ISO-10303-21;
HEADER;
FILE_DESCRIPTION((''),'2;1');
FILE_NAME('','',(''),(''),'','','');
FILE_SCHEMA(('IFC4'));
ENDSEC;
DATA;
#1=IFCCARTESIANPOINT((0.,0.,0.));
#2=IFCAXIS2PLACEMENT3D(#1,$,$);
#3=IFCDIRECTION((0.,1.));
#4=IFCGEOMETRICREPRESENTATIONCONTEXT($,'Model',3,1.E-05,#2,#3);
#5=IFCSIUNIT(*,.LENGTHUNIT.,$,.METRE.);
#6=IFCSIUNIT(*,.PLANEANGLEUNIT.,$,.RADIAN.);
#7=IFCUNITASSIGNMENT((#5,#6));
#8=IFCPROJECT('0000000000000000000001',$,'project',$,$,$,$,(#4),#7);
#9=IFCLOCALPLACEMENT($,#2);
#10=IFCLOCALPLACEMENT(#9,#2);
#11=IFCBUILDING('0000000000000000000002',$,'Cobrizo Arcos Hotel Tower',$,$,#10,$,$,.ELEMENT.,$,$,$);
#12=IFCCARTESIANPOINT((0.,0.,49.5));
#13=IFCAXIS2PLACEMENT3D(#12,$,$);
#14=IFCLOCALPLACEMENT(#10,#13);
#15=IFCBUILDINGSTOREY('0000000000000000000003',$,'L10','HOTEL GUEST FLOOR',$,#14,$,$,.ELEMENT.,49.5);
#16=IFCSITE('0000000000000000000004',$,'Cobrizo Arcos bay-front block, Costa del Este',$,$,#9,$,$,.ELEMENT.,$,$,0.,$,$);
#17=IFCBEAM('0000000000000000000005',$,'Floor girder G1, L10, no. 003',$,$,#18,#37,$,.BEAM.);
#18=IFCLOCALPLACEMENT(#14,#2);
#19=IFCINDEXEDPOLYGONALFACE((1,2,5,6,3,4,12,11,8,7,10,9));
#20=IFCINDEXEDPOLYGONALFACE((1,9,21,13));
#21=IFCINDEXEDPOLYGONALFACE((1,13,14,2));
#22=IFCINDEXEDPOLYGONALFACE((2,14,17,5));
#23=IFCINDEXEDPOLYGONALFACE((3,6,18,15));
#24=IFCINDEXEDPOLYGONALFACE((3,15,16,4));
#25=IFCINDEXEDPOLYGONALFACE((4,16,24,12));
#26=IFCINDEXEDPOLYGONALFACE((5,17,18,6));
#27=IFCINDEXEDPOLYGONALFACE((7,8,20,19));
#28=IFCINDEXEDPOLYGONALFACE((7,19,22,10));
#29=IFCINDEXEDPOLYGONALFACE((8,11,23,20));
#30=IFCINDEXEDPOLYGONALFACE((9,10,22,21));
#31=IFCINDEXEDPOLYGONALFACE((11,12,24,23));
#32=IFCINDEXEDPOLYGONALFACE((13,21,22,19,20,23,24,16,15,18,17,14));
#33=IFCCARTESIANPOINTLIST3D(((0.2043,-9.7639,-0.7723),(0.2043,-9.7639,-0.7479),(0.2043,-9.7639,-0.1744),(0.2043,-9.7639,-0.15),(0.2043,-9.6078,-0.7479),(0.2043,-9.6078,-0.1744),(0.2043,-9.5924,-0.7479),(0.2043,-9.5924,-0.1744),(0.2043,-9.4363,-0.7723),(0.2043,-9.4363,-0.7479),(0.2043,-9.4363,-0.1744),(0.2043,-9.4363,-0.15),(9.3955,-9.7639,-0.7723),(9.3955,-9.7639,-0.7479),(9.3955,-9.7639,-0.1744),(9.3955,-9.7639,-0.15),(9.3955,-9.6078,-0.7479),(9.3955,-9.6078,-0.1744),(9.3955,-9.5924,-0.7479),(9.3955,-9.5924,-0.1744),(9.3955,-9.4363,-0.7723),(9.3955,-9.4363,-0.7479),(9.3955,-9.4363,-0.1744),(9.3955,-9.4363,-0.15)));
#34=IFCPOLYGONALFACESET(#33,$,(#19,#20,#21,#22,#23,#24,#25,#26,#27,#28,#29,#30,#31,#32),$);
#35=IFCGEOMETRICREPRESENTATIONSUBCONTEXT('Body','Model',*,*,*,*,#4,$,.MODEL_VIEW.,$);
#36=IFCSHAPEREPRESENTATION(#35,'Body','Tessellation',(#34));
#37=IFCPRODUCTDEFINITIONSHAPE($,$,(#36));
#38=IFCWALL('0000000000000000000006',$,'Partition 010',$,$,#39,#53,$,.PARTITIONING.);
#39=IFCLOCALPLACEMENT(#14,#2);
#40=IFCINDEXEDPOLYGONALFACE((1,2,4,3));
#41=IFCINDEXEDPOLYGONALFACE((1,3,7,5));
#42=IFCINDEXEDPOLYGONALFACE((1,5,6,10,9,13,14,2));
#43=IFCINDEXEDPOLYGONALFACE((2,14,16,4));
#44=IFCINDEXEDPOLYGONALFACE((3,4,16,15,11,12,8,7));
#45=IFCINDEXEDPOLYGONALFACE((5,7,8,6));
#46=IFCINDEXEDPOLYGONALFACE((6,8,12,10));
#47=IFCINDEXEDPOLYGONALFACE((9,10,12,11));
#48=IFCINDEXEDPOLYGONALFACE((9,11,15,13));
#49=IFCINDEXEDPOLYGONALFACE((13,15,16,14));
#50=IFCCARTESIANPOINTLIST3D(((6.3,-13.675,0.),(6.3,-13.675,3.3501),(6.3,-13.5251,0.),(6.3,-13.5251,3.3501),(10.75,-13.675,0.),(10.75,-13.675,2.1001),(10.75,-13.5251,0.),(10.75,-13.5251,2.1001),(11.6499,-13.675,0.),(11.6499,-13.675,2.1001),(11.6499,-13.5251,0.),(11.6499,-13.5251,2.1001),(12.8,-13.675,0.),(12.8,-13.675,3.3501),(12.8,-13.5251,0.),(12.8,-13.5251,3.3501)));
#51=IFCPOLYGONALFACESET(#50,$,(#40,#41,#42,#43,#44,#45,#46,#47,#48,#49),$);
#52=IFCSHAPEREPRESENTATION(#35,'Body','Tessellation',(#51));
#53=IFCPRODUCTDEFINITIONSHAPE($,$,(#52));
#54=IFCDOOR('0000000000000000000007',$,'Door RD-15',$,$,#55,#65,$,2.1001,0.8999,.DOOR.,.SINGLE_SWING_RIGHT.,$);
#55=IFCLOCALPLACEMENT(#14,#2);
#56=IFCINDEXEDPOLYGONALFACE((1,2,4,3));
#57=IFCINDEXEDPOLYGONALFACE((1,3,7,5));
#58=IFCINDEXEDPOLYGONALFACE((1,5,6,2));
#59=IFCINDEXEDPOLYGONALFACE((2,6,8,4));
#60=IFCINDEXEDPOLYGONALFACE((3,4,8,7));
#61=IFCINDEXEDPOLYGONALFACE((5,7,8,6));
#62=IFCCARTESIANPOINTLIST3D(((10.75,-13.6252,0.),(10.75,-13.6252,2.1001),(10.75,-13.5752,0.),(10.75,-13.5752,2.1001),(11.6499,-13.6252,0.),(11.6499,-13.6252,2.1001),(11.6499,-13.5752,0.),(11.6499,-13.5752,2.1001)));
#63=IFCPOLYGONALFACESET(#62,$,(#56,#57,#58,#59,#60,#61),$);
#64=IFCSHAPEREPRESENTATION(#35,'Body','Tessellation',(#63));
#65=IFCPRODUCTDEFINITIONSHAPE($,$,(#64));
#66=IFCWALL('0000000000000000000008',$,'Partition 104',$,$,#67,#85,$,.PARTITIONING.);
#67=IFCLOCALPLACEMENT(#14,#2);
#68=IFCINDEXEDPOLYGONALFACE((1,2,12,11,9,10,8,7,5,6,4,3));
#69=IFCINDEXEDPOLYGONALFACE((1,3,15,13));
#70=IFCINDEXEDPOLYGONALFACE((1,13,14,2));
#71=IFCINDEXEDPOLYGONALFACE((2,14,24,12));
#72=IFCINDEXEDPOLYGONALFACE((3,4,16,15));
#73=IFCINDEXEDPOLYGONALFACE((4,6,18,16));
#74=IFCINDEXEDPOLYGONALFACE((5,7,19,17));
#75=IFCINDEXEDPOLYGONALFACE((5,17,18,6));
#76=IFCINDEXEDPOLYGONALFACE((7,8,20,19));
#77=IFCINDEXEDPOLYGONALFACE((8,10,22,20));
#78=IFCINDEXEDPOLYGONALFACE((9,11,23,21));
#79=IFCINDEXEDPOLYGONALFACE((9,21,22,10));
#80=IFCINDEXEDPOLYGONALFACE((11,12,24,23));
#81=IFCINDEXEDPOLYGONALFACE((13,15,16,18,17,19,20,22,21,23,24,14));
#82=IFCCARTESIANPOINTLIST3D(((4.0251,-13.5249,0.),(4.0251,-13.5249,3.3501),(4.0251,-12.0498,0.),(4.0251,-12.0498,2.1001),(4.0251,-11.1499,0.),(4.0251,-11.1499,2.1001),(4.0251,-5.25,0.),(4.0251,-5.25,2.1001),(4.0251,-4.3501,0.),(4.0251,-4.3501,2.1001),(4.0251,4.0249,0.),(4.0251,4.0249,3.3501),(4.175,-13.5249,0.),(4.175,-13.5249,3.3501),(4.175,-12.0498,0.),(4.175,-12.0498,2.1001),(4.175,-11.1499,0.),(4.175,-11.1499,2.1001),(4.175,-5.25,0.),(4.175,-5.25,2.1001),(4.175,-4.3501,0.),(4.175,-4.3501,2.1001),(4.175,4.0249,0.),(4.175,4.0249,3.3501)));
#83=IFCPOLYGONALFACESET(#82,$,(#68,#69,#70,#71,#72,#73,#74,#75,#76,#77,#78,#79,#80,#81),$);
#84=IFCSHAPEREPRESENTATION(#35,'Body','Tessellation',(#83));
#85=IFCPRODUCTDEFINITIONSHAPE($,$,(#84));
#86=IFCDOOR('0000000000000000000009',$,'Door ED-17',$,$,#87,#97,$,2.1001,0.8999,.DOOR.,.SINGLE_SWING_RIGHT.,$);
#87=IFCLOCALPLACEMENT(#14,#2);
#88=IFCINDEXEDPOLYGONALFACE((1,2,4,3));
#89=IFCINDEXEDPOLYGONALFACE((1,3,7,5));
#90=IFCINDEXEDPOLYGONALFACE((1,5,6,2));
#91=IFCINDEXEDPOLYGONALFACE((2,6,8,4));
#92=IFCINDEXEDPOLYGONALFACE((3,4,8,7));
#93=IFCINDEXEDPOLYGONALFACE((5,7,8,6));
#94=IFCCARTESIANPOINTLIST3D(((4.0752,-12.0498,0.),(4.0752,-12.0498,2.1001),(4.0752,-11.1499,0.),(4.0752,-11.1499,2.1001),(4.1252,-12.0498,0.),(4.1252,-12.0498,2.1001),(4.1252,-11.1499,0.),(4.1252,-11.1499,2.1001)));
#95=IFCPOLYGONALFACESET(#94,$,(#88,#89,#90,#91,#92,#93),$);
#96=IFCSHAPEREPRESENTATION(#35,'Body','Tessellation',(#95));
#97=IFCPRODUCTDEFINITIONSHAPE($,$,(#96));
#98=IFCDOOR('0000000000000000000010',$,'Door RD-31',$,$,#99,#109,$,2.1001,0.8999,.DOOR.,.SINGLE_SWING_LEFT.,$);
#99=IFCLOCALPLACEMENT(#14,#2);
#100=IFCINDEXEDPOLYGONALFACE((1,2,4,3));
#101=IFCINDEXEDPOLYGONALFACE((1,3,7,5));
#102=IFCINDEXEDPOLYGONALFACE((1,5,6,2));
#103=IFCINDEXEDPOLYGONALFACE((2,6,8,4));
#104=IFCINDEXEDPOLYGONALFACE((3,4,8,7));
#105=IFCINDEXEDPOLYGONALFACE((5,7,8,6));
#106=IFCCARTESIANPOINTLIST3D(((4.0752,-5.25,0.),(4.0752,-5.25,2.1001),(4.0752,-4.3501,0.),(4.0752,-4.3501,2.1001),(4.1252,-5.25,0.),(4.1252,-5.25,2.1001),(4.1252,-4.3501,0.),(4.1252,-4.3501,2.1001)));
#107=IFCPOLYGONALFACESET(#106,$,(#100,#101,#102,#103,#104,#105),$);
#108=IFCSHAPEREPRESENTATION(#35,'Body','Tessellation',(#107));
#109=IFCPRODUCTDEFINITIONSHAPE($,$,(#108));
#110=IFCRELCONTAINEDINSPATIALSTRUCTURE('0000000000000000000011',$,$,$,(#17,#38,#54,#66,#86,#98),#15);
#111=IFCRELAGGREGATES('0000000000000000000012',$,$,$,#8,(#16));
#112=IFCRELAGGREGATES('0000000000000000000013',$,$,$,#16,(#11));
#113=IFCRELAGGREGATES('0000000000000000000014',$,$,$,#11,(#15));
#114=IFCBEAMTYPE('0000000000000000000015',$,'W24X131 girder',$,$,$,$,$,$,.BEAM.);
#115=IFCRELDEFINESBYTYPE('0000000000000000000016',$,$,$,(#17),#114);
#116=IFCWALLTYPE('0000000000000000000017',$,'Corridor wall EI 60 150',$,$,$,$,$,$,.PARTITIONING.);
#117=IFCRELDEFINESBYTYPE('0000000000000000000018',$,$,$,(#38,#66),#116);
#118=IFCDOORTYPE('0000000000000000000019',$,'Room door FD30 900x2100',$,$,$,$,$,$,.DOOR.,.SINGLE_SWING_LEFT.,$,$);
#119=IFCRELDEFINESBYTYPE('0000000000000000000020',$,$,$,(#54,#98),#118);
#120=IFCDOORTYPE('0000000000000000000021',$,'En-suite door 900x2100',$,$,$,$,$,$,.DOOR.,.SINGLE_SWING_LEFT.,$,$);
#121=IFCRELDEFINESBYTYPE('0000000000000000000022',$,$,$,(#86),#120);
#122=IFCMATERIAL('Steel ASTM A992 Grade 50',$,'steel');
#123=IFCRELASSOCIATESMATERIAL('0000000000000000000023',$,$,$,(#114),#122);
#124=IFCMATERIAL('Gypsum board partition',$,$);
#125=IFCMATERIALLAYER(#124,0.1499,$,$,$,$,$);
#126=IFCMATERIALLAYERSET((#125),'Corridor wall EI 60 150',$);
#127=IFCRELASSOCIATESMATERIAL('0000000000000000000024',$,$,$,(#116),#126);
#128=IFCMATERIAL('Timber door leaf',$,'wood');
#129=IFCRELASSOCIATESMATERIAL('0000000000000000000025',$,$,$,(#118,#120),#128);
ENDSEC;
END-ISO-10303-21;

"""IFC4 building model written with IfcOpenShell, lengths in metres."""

from ifc_helpers import new_model, si_unit, direction, frame, frame_2d, origin, origin_2d, place, context, subcontext, project, spatial, rectangle, i_section, extrude, material, layer, layer_set, material_profile, profile_set, type_object, element, fill, save


model = new_model("IFC4")

# Units and contexts
model_context = context("Model", 3, precision=1e-05, world=origin(), true_north=direction((0.0, 1.0)))
body_context = subcontext(model_context, "Body", "Model", "MODEL_VIEW")
ifc_project = project(units=[si_unit("LENGTHUNIT", "METRE"), si_unit("PLANEANGLEUNIT", "RADIAN")], contexts=[model_context])

# Site, building, storey
site_placement = place(None, origin())
site = spatial("IfcSite", under=ifc_project, at=site_placement, Name="Cobrizo Arcos bay-front block, Costa del Este", CompositionType="ELEMENT", RefElevation=0.0)
building_placement = place(site_placement, origin())
building = spatial("IfcBuilding", under=site, at=building_placement, Name="Cobrizo Arcos Hotel Tower", CompositionType="ELEMENT")
storey_placement = place(building_placement, frame((0.0, 0.0, 49.5)))
storey = spatial("IfcBuildingStorey", under=building, at=storey_placement, Name="L10", Description="HOTEL GUEST FLOOR", CompositionType="ELEMENT", Elevation=49.5)

# Beam
ifc_material_1 = material(Name="Steel ASTM A992 Grade 50", Category="steel")
ifc_material_profile = material_profile(ifc_material_1, i_section(OverallWidth=0.3276, OverallDepth=0.6223, WebThickness=0.0154, FlangeThickness=0.0244, at=origin_2d()), Name="W24X131")
ifc_profile_set = profile_set([ifc_material_profile], Name="Steel ASTM A992 Grade 50")
beam_type = type_object("IfcBeamType", Name="W24X131 girder", PredefinedType="BEAM", material=ifc_profile_set)
beam_placement = place(storey_placement, frame((0.2043, -9.6001, -0.4612), z_axis=(1.0, 0.0, 0.0), x_axis=(0.0, 1.0, 0.0)))
element("IfcBeam", 1, at=beam_placement, inside=storey, type_object=beam_type, Name="Floor girder G1, L10, no. 003", PredefinedType="BEAM", context=body_context, shape_type="SweptSolid", body=[
    extrude(i_section(OverallWidth=0.3276, OverallDepth=0.6223, WebThickness=0.0154, FlangeThickness=0.0244, at=origin_2d()), origin(), (0.0, 0.0, 1.0), 9.1912),
])

# Wall, opening, door
ifc_material_2 = material(Name="Gypsum board partition")
ifc_layer_1 = layer(ifc_material_2, 0.1499)
ifc_layer_set_1 = layer_set([ifc_layer_1], Name="Corridor wall EI 60 150")
wall_type_1 = type_object("IfcWallType", Name="Corridor wall EI 60 150", PredefinedType="PARTITIONING", material=ifc_layer_set_1)
wall_1_placement = place(storey_placement, frame((6.3, -13.6001, 0.0), z_axis=(0.0, 0.0, 1.0), x_axis=(1.0, 0.0, 0.0)))
wall_1 = element("IfcWall", 2, at=wall_1_placement, inside=storey, type_object=wall_type_1, Name="Partition 010", PredefinedType="PARTITIONING", context=body_context, shape_type="SweptSolid", body=[
    extrude(rectangle(XDim=6.5, YDim=0.1499, at=frame_2d((3.25, 0.0))), origin(), (0.0, 0.0, 1.0), 3.3501),
])
opening_1_placement = place(wall_1_placement, frame((4.45, 0.0, 0.0)))
opening_1 = element("IfcOpeningElement", 3, at=opening_1_placement, cuts=wall_1, PredefinedType="OPENING", context=body_context, shape_type="SweptSolid", body=[
    extrude(rectangle(XDim=0.8999, YDim=2.1001, at=frame_2d((0.45, 1.05))), frame((0.0, 0.0869, 0.0), z_axis=(0.0, -1.0, 0.0), x_axis=(1.0, 0.0, 0.0)), (0.0, 0.0, 1.0), 0.1738),
])
ifc_material_3 = material(Name="Timber door leaf", Category="wood")
door_type_1 = type_object("IfcDoorType", Name="Room door FD30 900x2100", OperationType="SINGLE_SWING_LEFT", PredefinedType="DOOR", material=ifc_material_3)
door_1_placement = place(opening_1_placement, origin())
door_1 = element("IfcDoor", 4, at=door_1_placement, inside=storey, type_object=door_type_1, Name="Door RD-15", OperationType="SINGLE_SWING_RIGHT", OverallHeight=2.1001, OverallWidth=0.8999, PredefinedType="DOOR", context=body_context, shape_type="SweptSolid", body=[
    extrude(rectangle(XDim=0.8999, YDim=2.1001, at=frame_2d((0.45, 1.05))), frame((0.0, 0.0249, 0.0), z_axis=(0.0, -1.0, 0.0), x_axis=(1.0, 0.0, 0.0)), (0.0, 0.0, 1.0), 0.05),
])
fill(opening_1, door_1)

# Wall, openings, doors
wall_2_placement = place(storey_placement, frame((4.1001, -13.5249, 0.0), z_axis=(0.0, 0.0, 1.0), x_axis=(0.0, 1.0, 0.0)))
wall_2 = element("IfcWall", 5, at=wall_2_placement, inside=storey, type_object=wall_type_1, Name="Partition 104", PredefinedType="PARTITIONING", context=body_context, shape_type="SweptSolid", body=[
    extrude(rectangle(XDim=17.5498, YDim=0.1499, at=frame_2d((8.7749, 0.0))), origin(), (0.0, 0.0, 1.0), 3.3501),
])
opening_2_placement = place(wall_2_placement, frame((1.4751, 0.0, 0.0)))
opening_2 = element("IfcOpeningElement", 6, at=opening_2_placement, cuts=wall_2, PredefinedType="OPENING", context=body_context, shape_type="SweptSolid", body=[
    extrude(rectangle(XDim=0.8999, YDim=2.1001, at=frame_2d((0.45, 1.05))), frame((0.0, 0.0869, 0.0), z_axis=(0.0, -1.0, 0.0), x_axis=(1.0, 0.0, 0.0)), (0.0, 0.0, 1.0), 0.1738),
])
opening_3_placement = place(wall_2_placement, frame((8.2749, 0.0, 0.0)))
opening_3 = element("IfcOpeningElement", 7, at=opening_3_placement, cuts=wall_2, PredefinedType="OPENING", context=body_context, shape_type="SweptSolid", body=[
    extrude(rectangle(XDim=0.8999, YDim=2.1001, at=frame_2d((0.45, 1.05))), frame((0.0, 0.0869, 0.0), z_axis=(0.0, -1.0, 0.0), x_axis=(1.0, 0.0, 0.0)), (0.0, 0.0, 1.0), 0.1738),
])
door_type_2 = type_object("IfcDoorType", Name="En-suite door 900x2100", OperationType="SINGLE_SWING_LEFT", PredefinedType="DOOR", material=ifc_material_3)
door_2_placement = place(opening_2_placement, origin())
door_2 = element("IfcDoor", 8, at=door_2_placement, inside=storey, type_object=door_type_2, Name="Door ED-17", OperationType="SINGLE_SWING_RIGHT", OverallHeight=2.1001, OverallWidth=0.8999, PredefinedType="DOOR", context=body_context, shape_type="SweptSolid", body=[
    extrude(rectangle(XDim=0.8999, YDim=2.1001, at=frame_2d((0.45, 1.05))), frame((0.0, 0.0249, 0.0), z_axis=(0.0, -1.0, 0.0), x_axis=(1.0, 0.0, 0.0)), (0.0, 0.0, 1.0), 0.05),
])
fill(opening_2, door_2)
door_3_placement = place(opening_3_placement, origin())
door_3 = element("IfcDoor", 9, at=door_3_placement, inside=storey, type_object=door_type_1, Name="Door RD-31", OperationType="SINGLE_SWING_LEFT", OverallHeight=2.1001, OverallWidth=0.8999, PredefinedType="DOOR", context=body_context, shape_type="SweptSolid", body=[
    extrude(rectangle(XDim=0.8999, YDim=2.1001, at=frame_2d((0.45, 1.05))), frame((0.0, 0.0249, 0.0), z_axis=(0.0, -1.0, 0.0), x_axis=(1.0, 0.0, 0.0)), (0.0, 0.0, 1.0), 0.05),
])
fill(opening_3, door_3)

save(model, "model.ifc")
